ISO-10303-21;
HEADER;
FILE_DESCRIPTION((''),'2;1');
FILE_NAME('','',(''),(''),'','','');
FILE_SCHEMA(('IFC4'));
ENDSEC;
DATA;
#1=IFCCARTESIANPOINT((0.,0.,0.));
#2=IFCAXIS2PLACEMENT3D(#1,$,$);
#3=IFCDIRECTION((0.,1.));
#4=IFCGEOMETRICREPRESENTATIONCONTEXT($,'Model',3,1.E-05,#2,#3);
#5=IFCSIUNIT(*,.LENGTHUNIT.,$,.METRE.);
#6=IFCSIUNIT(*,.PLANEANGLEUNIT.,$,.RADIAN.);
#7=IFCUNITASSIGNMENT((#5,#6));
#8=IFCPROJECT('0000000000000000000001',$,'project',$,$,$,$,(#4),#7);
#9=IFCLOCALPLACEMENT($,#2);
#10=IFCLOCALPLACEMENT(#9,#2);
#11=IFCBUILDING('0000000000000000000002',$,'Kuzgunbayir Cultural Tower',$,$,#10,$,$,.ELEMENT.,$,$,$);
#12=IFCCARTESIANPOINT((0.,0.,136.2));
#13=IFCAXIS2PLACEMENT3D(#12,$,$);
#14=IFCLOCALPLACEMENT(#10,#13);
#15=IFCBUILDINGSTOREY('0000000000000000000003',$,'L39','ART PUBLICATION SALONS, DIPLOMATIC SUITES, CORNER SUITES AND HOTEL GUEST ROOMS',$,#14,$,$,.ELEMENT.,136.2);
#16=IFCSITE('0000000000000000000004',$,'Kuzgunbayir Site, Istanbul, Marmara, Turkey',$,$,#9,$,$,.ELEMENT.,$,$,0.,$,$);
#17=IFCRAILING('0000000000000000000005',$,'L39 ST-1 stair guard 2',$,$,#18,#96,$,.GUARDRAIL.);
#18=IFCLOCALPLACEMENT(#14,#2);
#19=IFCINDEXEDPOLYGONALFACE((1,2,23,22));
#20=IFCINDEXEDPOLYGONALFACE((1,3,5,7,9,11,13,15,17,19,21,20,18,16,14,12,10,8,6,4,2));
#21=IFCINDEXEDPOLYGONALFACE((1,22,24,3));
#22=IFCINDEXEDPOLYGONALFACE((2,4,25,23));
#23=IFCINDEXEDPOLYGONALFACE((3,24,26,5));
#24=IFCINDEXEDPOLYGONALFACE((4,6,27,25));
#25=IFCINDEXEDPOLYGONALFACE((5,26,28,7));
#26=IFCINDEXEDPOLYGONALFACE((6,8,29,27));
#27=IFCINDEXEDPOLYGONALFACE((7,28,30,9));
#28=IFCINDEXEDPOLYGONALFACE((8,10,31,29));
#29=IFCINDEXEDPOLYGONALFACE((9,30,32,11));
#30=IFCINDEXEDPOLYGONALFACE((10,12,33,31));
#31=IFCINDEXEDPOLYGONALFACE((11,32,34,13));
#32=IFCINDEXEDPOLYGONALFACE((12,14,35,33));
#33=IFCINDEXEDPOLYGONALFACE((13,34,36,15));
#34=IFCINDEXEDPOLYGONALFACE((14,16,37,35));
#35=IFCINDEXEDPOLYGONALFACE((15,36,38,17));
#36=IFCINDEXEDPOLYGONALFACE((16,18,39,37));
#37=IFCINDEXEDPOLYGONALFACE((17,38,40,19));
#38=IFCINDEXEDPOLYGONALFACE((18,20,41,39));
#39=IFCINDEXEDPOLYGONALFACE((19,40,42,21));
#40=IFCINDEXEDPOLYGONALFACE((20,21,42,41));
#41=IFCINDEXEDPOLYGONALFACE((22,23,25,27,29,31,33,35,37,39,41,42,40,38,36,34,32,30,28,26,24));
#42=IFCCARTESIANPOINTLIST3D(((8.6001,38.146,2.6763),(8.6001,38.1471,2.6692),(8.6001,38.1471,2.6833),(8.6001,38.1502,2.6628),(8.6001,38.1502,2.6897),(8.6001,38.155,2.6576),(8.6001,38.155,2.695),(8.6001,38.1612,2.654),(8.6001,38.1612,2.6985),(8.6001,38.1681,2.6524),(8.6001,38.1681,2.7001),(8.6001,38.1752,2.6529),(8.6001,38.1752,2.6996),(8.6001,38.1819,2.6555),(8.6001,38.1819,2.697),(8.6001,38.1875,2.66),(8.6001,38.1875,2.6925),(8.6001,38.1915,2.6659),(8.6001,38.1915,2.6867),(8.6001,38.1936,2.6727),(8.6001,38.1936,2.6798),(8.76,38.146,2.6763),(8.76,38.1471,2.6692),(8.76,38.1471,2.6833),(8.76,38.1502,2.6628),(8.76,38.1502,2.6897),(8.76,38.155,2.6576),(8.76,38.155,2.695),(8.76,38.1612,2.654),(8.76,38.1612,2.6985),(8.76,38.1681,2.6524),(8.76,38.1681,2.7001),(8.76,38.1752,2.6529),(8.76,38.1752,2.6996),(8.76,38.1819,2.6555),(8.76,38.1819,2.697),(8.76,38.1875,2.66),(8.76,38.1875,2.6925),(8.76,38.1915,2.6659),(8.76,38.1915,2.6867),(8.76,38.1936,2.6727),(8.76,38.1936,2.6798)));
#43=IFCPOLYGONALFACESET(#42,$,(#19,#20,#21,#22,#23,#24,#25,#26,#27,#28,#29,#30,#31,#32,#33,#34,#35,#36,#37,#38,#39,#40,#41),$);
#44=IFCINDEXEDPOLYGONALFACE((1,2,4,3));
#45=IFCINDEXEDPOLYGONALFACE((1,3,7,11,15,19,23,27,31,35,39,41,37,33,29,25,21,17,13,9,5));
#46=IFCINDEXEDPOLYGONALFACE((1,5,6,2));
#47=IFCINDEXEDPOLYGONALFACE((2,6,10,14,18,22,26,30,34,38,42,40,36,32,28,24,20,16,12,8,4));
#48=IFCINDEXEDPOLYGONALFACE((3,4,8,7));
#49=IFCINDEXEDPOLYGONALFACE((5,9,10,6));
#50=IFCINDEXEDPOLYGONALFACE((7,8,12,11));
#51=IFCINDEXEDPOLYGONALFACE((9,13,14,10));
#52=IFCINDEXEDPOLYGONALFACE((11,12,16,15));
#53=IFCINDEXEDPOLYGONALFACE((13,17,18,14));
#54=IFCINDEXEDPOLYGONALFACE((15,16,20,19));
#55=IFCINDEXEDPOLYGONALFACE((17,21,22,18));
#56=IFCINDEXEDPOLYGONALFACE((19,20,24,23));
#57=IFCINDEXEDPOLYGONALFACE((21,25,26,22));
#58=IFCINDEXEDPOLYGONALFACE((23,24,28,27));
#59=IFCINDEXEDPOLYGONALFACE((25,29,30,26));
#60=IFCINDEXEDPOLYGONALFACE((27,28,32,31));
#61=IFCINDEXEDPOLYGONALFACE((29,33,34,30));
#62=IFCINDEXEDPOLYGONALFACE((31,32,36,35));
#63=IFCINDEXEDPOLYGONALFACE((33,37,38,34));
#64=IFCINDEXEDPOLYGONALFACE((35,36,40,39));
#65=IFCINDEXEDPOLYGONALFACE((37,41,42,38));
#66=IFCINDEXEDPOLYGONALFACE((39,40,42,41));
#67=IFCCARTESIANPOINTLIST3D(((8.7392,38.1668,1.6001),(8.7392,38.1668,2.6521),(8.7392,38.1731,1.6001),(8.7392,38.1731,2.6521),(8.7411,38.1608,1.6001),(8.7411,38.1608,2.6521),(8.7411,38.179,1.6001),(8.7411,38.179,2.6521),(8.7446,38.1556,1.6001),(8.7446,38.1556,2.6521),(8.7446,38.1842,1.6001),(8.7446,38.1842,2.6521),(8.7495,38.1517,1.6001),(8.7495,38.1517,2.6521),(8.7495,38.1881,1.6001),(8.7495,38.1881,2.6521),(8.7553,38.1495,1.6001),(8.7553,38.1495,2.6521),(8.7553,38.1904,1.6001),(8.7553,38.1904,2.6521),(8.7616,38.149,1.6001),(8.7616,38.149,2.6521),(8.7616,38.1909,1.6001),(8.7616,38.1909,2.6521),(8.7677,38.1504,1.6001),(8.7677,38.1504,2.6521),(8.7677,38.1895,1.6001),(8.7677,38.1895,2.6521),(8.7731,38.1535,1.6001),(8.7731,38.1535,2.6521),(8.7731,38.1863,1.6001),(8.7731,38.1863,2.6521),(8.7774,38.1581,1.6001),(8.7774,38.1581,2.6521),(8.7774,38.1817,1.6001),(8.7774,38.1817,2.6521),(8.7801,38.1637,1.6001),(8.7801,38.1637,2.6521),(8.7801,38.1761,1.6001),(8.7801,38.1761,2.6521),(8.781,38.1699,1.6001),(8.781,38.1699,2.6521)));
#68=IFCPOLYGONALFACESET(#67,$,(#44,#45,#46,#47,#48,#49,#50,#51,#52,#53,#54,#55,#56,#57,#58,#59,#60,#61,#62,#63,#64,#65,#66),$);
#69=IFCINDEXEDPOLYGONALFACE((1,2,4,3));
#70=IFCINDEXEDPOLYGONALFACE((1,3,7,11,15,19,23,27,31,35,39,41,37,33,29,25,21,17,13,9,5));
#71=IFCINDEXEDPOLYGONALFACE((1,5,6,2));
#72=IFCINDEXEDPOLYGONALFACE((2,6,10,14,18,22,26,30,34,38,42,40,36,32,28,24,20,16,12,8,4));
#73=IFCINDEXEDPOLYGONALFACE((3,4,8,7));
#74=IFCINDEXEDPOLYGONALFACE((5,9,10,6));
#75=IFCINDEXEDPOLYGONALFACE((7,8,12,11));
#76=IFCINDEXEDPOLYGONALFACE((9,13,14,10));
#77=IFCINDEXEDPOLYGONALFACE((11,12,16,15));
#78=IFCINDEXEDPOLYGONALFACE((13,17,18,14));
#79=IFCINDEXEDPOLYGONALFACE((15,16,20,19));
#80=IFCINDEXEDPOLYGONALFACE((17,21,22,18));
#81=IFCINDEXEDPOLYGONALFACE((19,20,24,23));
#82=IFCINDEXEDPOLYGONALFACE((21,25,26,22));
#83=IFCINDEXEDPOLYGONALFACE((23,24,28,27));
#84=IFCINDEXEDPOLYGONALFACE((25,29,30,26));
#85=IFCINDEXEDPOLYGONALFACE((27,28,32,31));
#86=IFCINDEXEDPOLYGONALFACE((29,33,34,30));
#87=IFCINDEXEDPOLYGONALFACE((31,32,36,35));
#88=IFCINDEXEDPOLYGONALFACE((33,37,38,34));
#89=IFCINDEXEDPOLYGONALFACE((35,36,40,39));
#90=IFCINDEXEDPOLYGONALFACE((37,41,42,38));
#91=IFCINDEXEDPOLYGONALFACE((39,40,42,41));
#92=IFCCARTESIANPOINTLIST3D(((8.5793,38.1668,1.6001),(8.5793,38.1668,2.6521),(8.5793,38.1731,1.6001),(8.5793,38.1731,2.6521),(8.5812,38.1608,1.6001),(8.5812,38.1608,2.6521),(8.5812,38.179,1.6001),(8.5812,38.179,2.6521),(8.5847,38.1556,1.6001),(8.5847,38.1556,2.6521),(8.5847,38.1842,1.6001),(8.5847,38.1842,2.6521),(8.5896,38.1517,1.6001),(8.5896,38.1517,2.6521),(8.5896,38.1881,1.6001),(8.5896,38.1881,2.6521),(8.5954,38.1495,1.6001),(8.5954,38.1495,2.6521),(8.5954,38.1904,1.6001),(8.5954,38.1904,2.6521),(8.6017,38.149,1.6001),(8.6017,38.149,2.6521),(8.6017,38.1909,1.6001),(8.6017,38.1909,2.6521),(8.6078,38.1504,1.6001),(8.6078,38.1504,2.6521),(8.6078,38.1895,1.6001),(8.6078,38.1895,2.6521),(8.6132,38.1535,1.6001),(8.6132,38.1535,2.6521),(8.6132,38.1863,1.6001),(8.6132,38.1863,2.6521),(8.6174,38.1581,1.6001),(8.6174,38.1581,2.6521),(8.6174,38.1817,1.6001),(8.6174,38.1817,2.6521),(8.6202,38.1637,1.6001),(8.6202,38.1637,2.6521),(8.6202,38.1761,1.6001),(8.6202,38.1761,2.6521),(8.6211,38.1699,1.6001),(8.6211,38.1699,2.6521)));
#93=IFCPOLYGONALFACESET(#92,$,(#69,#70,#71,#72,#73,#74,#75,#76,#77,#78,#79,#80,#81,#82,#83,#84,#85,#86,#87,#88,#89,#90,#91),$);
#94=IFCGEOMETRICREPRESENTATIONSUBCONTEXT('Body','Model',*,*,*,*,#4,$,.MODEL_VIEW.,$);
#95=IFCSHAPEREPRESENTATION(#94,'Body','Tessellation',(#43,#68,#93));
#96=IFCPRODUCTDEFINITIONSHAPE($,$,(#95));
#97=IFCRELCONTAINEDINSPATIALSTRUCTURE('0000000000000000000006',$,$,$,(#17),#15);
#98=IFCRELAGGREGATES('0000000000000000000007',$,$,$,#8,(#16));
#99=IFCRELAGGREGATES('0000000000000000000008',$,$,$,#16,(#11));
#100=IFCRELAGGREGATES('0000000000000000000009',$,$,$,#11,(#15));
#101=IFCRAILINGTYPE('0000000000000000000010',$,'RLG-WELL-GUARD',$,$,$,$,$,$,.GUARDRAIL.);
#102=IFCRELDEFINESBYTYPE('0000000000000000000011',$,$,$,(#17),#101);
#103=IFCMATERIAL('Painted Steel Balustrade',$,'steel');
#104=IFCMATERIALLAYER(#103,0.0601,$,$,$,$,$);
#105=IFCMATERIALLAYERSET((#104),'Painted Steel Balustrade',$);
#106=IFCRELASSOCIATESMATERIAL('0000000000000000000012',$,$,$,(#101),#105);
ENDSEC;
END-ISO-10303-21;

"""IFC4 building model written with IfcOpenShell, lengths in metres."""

from ifc_helpers import new_model, si_unit, direction, frame, origin, origin_2d, place, context, subcontext, project, spatial, circle, extrude, material, layer, layer_set, type_object, element, save


model = new_model("IFC4")

# Units and contexts
model_context = context("Model", 3, precision=1e-05, world=origin(), true_north=direction((0.0, 1.0)))
body_context = subcontext(model_context, "Body", "Model", "MODEL_VIEW")
ifc_project = project(units=[si_unit("LENGTHUNIT", "METRE"), si_unit("PLANEANGLEUNIT", "RADIAN")], contexts=[model_context])

# Site, building, storey
site_placement = place(None, origin())
site = spatial("IfcSite", under=ifc_project, at=site_placement, Name="Kuzgunbayir Site, Istanbul, Marmara, Turkey", CompositionType="ELEMENT", RefElevation=0.0)
building_placement = place(site_placement, origin())
building = spatial("IfcBuilding", under=site, at=building_placement, Name="Kuzgunbayir Cultural Tower", CompositionType="ELEMENT")
storey_placement = place(building_placement, frame((0.0, 0.0, 136.2)))
storey = spatial("IfcBuildingStorey", under=building, at=storey_placement, Name="L39", Description="ART PUBLICATION SALONS, DIPLOMATIC SUITES, CORNER SUITES AND HOTEL GUEST ROOMS", CompositionType="ELEMENT", Elevation=136.2)

# Railing
ifc_material_1 = material(Name="Painted Steel Balustrade", Category="steel")
ifc_layer_1 = layer(ifc_material_1, 0.0601)
ifc_layer_set_1 = layer_set([ifc_layer_1], Name="Painted Steel Balustrade")
railing_type_1 = type_object("IfcRailingType", Name="RLG-WELL-GUARD", PredefinedType="GUARDRAIL", material=ifc_layer_set_1)
railing_1_placement = place(storey_placement, frame((8.76, 38.1699, 1.6001)))
element("IfcRailing", 1, at=railing_1_placement, inside=storey, type_object=railing_type_1, Name="L39 ST-1 stair guard 2", PredefinedType="GUARDRAIL", context=body_context, shape_type="SweptSolid", body=[
    extrude(circle(Radius=0.0239, at=origin_2d()), frame((0.0, 0.0, 1.0762), z_axis=(-1.0, 0.0, 0.0), x_axis=(0.0, -1.0, 0.0)), (0.0, 0.0, 1.0), 0.1599),
    extrude(circle(Radius=0.021, at=origin_2d()), origin(), (0.0, 0.0, 1.0), 1.052),
    extrude(circle(Radius=0.021, at=origin_2d()), frame((-0.1599, 0.0, 0.0)), (0.0, 0.0, 1.0), 1.052),
])

save(model, "model.ifc")
